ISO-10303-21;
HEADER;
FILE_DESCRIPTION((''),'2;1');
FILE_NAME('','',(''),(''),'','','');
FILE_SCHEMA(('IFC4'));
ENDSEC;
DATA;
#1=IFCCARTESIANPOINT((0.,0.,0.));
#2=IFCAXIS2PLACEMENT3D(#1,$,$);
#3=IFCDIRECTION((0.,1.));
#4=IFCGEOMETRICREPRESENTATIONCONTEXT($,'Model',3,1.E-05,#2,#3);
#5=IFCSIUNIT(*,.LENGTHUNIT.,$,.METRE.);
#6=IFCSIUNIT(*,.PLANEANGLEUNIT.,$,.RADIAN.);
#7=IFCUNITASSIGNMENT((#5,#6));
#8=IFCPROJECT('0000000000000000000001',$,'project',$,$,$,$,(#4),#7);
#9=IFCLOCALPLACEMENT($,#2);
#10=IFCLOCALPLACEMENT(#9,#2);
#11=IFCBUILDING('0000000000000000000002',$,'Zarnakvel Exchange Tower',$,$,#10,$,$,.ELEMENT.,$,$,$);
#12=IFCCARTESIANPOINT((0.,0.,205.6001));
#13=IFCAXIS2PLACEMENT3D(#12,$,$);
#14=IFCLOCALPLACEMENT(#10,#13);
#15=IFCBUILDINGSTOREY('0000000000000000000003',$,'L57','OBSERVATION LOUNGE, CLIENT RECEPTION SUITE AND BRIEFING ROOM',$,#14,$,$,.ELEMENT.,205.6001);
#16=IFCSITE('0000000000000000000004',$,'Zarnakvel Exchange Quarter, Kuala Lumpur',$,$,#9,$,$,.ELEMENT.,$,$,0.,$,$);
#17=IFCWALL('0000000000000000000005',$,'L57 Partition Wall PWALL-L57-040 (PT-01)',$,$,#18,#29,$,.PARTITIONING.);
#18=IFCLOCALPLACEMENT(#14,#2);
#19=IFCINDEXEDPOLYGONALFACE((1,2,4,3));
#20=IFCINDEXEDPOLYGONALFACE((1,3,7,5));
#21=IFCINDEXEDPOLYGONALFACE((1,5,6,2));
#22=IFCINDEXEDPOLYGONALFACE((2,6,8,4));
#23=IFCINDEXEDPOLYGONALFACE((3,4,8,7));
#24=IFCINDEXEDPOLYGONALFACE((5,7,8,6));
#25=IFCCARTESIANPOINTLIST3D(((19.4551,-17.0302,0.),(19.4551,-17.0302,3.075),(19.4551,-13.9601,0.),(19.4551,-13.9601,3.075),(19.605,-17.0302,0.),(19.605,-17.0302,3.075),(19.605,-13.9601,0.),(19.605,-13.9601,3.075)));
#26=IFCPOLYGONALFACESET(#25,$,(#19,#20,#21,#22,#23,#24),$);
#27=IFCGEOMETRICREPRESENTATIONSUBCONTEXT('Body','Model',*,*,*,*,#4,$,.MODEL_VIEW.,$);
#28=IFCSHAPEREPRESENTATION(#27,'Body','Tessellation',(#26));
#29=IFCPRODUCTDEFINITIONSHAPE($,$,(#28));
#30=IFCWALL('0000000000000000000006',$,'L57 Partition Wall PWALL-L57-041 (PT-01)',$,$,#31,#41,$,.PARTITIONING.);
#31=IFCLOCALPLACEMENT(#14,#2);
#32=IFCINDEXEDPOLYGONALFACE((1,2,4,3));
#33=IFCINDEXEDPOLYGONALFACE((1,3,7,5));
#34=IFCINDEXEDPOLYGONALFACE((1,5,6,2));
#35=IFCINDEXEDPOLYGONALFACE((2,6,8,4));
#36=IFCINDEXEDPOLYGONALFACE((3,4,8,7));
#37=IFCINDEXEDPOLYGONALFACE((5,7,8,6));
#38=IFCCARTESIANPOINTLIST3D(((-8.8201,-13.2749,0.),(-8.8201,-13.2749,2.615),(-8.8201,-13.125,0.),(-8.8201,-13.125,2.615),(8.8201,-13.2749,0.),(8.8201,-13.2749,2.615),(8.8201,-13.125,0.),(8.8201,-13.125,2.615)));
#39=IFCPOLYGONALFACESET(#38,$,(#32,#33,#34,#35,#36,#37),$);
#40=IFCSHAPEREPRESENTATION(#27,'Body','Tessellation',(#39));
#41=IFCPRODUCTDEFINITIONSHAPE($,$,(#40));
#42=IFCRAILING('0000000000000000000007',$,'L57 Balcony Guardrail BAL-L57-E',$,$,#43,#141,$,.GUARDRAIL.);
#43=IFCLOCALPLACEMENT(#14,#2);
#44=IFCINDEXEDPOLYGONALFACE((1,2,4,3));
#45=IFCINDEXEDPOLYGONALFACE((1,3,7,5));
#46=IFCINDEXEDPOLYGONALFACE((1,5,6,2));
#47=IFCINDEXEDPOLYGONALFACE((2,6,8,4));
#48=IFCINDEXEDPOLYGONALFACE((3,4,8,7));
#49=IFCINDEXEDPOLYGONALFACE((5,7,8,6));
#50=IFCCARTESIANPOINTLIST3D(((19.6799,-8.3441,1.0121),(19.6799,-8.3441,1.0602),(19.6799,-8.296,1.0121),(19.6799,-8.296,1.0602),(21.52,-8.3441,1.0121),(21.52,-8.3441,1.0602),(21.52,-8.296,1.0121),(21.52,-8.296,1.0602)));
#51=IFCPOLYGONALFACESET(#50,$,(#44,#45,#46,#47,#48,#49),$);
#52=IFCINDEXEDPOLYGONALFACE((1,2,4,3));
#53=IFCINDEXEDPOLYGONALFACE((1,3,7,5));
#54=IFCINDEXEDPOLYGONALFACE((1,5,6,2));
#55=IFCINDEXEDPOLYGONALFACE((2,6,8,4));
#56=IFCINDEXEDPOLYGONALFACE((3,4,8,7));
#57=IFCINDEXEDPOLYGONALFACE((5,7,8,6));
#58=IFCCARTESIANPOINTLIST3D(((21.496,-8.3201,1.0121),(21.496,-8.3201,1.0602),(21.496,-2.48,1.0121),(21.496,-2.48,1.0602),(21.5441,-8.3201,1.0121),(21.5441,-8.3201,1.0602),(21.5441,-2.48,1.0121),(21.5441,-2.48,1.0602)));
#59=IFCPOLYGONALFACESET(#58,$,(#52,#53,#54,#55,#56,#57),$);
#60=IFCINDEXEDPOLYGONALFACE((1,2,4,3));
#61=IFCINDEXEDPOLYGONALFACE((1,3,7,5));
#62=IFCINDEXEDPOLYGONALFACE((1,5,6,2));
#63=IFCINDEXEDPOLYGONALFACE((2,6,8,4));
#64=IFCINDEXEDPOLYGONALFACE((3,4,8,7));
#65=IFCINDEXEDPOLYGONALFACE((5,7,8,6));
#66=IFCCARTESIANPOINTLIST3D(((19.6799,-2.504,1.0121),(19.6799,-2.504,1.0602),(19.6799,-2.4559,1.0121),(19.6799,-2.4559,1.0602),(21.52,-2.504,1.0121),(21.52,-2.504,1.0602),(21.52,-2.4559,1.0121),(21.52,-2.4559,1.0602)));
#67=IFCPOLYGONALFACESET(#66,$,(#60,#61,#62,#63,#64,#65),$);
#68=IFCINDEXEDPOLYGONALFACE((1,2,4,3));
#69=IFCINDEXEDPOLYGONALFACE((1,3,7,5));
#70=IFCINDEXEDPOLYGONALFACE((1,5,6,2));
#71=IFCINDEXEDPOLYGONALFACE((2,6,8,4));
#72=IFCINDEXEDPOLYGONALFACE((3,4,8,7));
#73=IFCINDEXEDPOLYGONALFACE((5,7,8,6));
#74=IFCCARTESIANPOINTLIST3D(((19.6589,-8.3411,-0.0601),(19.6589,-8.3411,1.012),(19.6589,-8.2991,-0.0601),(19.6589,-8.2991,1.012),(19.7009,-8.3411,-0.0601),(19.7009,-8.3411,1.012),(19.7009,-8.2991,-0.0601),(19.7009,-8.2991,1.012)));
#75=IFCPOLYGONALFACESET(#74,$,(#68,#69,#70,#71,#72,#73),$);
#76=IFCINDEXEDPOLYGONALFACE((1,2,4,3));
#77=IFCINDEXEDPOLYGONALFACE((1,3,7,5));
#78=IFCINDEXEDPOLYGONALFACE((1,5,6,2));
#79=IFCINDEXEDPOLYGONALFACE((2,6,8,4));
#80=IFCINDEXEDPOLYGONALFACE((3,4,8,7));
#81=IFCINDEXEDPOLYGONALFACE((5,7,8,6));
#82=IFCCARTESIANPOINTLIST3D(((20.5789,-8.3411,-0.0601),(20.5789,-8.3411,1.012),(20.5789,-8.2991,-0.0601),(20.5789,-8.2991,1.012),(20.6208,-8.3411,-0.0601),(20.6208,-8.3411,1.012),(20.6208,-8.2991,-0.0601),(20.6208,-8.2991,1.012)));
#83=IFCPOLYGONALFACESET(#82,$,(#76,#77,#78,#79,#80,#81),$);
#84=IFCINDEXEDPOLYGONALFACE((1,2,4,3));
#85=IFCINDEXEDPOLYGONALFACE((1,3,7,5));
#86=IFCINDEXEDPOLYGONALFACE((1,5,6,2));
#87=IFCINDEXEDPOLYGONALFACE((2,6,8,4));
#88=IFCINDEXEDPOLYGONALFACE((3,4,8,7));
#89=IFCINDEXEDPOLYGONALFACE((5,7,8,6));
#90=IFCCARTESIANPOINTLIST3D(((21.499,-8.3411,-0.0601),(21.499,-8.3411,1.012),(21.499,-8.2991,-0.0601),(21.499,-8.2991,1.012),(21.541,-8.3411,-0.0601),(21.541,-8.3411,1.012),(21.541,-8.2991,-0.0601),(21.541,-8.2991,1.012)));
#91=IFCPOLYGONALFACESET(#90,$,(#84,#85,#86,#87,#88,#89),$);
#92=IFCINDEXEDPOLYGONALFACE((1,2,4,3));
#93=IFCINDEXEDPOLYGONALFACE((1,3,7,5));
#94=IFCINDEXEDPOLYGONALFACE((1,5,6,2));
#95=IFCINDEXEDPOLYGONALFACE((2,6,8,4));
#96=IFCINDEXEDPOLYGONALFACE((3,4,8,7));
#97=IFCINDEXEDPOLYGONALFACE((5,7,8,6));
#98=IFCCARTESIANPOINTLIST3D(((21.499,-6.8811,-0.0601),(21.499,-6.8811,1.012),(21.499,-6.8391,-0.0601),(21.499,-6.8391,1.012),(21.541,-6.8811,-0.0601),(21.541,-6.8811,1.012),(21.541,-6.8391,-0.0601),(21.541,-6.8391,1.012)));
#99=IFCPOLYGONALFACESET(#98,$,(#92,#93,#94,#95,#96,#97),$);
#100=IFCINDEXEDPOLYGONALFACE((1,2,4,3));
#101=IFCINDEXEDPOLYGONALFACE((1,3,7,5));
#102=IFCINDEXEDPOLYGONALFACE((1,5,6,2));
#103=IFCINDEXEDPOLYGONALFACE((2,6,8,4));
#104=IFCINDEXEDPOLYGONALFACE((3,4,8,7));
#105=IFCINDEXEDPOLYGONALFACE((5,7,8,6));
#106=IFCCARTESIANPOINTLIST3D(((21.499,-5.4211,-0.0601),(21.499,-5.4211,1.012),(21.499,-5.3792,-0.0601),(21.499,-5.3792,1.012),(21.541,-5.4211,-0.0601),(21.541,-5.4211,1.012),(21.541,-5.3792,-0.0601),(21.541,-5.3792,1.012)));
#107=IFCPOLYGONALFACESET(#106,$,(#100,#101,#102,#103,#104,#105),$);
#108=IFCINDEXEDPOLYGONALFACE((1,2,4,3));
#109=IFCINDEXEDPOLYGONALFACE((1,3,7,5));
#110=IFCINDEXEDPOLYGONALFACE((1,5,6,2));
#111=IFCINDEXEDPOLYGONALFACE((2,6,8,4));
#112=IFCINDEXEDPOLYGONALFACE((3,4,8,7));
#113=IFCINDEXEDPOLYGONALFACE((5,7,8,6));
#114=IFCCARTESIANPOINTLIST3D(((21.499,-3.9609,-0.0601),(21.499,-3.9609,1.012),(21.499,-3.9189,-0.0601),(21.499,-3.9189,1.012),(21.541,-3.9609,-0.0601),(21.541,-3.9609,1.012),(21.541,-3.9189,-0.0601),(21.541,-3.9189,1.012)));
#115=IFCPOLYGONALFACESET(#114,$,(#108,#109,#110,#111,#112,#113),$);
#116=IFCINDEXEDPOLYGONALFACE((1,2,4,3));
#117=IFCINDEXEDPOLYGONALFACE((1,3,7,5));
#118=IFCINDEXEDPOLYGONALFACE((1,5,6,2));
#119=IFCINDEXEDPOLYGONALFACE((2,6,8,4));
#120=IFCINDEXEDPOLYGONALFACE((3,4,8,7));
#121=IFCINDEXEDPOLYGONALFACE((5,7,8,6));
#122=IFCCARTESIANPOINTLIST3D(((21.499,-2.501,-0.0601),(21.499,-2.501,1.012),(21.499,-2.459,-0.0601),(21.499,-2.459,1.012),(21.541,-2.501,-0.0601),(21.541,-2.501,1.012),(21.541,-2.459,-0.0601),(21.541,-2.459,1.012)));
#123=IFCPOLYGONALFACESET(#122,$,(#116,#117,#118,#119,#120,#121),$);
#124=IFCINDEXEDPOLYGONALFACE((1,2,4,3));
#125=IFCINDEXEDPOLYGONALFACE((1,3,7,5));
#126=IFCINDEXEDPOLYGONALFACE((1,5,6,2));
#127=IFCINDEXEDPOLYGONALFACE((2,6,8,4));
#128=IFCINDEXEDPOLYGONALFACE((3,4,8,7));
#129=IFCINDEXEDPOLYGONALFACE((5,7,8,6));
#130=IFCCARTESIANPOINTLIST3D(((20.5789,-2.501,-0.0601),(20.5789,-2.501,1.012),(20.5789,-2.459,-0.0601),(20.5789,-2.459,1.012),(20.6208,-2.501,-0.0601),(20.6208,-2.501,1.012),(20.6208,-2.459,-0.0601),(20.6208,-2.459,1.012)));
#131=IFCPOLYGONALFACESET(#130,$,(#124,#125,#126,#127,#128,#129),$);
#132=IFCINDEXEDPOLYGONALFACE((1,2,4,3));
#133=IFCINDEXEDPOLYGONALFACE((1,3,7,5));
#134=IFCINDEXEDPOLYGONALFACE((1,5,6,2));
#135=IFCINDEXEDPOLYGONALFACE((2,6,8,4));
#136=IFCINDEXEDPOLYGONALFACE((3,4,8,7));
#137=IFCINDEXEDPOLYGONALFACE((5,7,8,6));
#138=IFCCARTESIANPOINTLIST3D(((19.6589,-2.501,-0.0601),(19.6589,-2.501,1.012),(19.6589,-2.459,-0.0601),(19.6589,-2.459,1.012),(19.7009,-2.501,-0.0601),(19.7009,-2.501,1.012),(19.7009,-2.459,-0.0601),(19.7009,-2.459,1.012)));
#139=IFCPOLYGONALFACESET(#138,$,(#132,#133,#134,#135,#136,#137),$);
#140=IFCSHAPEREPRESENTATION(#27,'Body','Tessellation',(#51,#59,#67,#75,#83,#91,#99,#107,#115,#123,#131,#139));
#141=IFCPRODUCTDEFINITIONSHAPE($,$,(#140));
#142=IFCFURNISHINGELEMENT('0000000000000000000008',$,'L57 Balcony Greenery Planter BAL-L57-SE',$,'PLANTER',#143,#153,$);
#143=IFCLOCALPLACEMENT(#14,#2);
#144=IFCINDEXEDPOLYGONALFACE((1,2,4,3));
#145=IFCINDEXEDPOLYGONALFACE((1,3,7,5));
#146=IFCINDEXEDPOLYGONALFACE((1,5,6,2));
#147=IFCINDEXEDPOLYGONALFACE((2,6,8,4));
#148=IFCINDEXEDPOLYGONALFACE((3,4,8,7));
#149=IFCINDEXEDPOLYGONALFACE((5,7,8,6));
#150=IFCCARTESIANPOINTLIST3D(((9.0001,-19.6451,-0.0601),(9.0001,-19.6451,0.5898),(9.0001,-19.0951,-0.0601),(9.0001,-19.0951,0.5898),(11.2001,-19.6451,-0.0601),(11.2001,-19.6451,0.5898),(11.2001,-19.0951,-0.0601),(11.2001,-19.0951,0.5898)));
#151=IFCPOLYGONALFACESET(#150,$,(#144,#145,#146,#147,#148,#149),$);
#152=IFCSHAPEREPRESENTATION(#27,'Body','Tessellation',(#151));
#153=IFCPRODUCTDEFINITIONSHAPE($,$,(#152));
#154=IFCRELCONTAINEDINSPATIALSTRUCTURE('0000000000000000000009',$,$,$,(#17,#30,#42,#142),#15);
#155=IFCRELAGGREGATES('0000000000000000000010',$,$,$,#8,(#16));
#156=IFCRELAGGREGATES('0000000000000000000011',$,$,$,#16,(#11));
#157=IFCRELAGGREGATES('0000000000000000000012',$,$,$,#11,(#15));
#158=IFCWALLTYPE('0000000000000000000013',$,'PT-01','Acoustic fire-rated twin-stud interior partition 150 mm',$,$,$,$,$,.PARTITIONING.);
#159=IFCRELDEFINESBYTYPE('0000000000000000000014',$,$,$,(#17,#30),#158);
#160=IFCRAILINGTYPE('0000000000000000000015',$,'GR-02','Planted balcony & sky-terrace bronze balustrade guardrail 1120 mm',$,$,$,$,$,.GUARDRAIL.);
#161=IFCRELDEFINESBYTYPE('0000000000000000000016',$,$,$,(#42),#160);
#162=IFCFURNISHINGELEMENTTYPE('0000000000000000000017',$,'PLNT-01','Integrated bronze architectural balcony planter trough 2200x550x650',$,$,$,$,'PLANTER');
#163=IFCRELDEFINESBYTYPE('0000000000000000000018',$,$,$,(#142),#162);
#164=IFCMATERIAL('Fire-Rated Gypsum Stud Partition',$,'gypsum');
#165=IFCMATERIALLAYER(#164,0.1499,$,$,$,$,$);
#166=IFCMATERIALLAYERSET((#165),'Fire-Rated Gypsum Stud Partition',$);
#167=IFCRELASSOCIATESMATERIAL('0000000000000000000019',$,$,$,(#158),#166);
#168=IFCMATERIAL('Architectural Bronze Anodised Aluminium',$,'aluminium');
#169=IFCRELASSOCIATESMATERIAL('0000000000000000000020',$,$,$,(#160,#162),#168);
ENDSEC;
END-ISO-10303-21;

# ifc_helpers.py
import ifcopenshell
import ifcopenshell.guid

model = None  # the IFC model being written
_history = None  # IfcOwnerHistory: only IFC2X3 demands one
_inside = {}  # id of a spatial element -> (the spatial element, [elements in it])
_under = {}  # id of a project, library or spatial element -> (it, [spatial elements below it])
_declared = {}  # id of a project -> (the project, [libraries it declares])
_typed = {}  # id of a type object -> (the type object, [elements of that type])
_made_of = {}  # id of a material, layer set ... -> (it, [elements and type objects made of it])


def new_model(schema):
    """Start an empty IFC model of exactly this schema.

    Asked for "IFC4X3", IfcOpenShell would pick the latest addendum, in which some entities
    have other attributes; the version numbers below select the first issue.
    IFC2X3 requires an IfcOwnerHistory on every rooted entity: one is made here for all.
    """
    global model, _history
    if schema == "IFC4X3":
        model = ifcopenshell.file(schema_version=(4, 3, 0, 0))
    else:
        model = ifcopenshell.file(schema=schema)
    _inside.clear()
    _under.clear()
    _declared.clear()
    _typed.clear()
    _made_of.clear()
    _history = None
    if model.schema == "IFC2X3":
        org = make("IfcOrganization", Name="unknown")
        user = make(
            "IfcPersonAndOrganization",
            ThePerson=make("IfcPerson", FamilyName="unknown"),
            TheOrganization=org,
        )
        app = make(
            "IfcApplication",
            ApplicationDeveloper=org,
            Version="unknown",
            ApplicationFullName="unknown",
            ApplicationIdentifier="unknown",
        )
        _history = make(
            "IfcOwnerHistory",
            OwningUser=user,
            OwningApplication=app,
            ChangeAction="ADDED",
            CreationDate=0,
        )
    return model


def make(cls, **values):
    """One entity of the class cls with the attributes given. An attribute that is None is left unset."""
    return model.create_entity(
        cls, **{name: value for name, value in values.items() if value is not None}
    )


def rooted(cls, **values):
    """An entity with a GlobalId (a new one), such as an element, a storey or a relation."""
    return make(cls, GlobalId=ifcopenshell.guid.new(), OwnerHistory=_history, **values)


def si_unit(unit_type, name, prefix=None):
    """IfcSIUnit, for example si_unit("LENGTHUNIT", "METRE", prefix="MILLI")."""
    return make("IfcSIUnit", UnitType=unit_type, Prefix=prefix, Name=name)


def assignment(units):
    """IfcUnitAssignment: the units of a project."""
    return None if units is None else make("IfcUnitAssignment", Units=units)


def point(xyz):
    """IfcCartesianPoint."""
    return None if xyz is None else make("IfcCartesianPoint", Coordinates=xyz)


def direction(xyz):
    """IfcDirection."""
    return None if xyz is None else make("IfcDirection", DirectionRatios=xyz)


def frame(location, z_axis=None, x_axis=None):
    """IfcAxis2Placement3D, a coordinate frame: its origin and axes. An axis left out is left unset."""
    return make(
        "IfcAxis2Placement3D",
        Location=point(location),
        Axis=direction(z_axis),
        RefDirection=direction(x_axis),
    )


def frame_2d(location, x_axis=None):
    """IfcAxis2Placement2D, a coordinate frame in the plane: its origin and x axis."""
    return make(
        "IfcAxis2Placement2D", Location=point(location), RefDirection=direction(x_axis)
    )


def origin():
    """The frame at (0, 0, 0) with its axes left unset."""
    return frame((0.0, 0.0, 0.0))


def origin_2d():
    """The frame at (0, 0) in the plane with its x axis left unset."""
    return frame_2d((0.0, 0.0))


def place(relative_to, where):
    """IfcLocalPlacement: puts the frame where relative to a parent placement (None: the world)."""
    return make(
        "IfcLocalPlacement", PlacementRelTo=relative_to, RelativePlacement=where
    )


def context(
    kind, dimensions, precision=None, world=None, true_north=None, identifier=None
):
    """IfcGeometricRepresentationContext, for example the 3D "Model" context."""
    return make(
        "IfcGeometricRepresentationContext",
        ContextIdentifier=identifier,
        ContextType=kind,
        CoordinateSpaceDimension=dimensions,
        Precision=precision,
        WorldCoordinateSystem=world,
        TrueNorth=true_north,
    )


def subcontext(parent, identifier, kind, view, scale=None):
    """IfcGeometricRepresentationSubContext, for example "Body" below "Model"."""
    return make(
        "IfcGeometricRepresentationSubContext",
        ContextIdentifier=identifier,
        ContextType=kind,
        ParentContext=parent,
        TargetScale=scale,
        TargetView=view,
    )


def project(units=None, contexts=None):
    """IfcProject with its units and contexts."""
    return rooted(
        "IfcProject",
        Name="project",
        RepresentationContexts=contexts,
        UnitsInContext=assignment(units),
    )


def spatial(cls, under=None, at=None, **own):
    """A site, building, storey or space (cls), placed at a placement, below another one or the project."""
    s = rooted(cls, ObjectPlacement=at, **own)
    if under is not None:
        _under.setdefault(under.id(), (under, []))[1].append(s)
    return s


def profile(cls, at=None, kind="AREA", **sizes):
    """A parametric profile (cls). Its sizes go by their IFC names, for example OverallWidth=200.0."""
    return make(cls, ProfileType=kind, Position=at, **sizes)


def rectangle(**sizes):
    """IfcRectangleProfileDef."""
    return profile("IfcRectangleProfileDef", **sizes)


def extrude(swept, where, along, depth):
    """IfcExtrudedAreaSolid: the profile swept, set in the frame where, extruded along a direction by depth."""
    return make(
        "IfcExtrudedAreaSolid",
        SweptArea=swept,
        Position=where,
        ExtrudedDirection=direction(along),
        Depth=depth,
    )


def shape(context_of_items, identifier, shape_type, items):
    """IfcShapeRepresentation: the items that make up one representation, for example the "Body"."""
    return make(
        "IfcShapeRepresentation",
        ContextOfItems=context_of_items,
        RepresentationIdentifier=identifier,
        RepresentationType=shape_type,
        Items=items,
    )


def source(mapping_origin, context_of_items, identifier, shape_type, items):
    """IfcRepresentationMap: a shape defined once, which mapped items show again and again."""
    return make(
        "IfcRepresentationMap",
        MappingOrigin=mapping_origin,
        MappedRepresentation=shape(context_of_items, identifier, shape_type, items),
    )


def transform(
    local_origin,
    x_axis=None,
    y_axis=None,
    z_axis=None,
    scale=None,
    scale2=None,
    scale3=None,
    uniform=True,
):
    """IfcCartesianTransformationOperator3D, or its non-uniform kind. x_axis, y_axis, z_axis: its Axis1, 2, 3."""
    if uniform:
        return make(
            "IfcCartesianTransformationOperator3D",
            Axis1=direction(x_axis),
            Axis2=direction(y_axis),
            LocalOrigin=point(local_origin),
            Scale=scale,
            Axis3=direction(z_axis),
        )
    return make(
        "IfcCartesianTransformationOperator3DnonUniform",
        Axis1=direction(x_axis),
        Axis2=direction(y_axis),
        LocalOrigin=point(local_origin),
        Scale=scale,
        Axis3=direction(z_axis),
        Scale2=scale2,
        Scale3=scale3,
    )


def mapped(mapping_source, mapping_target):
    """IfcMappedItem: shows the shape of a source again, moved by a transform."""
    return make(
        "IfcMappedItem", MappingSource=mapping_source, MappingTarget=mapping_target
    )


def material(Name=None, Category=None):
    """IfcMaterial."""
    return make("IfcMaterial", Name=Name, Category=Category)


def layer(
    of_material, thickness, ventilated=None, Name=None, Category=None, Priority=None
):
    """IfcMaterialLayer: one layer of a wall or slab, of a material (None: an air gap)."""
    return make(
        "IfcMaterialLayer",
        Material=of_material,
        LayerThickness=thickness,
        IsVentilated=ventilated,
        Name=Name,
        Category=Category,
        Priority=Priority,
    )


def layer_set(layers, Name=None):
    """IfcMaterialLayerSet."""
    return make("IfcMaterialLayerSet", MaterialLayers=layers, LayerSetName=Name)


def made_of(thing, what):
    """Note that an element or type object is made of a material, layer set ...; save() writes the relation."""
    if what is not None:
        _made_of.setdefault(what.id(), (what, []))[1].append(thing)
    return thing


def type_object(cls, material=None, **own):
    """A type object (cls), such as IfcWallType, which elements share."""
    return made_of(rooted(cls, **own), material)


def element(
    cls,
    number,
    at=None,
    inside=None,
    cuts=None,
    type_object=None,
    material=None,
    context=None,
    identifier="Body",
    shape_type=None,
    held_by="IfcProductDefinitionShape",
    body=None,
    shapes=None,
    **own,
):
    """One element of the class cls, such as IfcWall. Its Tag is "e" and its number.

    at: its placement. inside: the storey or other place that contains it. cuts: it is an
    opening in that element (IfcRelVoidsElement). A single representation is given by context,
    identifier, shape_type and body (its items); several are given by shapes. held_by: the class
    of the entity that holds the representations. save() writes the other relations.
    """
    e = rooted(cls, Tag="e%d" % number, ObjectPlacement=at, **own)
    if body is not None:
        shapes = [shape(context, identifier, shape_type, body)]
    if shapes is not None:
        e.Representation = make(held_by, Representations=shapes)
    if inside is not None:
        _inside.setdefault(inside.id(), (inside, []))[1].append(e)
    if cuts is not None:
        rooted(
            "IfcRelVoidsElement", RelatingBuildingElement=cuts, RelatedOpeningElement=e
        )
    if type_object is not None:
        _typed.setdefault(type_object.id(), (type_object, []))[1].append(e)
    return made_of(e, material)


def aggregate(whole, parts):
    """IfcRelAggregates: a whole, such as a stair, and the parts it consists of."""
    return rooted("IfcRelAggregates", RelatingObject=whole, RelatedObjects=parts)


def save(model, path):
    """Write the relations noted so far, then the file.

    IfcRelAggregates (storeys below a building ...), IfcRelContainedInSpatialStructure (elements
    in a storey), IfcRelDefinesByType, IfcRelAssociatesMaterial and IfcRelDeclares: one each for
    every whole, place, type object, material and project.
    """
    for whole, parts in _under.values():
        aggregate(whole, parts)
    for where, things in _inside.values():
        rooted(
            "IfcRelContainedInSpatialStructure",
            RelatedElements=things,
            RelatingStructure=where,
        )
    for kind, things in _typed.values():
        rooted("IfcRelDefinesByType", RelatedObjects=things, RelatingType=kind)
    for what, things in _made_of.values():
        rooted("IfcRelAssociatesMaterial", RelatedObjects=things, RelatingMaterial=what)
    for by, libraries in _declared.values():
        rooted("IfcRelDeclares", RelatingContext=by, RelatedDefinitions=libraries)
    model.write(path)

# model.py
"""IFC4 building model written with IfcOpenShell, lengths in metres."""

from ifc_helpers import new_model, si_unit, direction, frame, frame_2d, origin, origin_2d, place, context, subcontext, project, spatial, rectangle, extrude, source, transform, mapped, material, layer, layer_set, type_object, element, save


model = new_model("IFC4")

# Units and contexts
model_context = context("Model", 3, precision=1e-05, world=origin(), true_north=direction((0.0, 1.0)))
body_context = subcontext(model_context, "Body", "Model", "MODEL_VIEW")
ifc_project = project(units=[si_unit("LENGTHUNIT", "METRE"), si_unit("PLANEANGLEUNIT", "RADIAN")], contexts=[model_context])

# Site, building, storey
site_placement = place(None, origin())
site = spatial("IfcSite", under=ifc_project, at=site_placement, Name="Zarnakvel Exchange Quarter, Kuala Lumpur", CompositionType="ELEMENT", RefElevation=0.0)
building_placement = place(site_placement, origin())
building = spatial("IfcBuilding", under=site, at=building_placement, Name="Zarnakvel Exchange Tower", CompositionType="ELEMENT")
storey_placement = place(building_placement, frame((0.0, 0.0, 205.6001)))
storey = spatial("IfcBuildingStorey", under=building, at=storey_placement, Name="L57", Description="OBSERVATION LOUNGE, CLIENT RECEPTION SUITE AND BRIEFING ROOM", CompositionType="ELEMENT", Elevation=205.6001)

# Shared definitions
ifc_material_1 = material(Name="Architectural Bronze Anodised Aluminium", Category="aluminium")

# Shared definitions
ifc_material_2 = material(Name="Fire-Rated Gypsum Stud Partition", Category="gypsum")
ifc_layer_1 = layer(ifc_material_2, 0.1499)
ifc_layer_set_1 = layer_set([ifc_layer_1], Name="Fire-Rated Gypsum Stud Partition")
wall_type_1 = type_object("IfcWallType", Name="PT-01", Description="Acoustic fire-rated twin-stud interior partition 150 mm", PredefinedType="PARTITIONING", material=ifc_layer_set_1)

# Walls
wall_1_placement = place(storey_placement, frame((19.53, -13.96, 0.0), z_axis=(0.0, 0.0, 1.0), x_axis=(0.0, -1.0, 0.0)))
element("IfcWall", 1, at=wall_1_placement, inside=storey, type_object=wall_type_1, Name="L57 Partition Wall PWALL-L57-040 (PT-01)", PredefinedType="PARTITIONING", context=body_context, shape_type="SweptSolid", body=[
    extrude(rectangle(XDim=3.0701, YDim=0.1499, at=frame_2d((1.5352, 0.0))), origin(), (0.0, 0.0, 1.0), 3.075),
])
wall_2_placement = place(storey_placement, frame((8.8201, -13.2, 0.0), z_axis=(0.0, 0.0, 1.0), x_axis=(-1.0, 0.0, 0.0)))
element("IfcWall", 2, at=wall_2_placement, inside=storey, type_object=wall_type_1, Name="L57 Partition Wall PWALL-L57-041 (PT-01)", PredefinedType="PARTITIONING", context=body_context, shape_type="SweptSolid", body=[
    extrude(rectangle(XDim=17.6401, YDim=0.1499, at=frame_2d((8.8201, 0.0))), origin(), (0.0, 0.0, 1.0), 2.615),
])

# Railing
railing_type = type_object("IfcRailingType", Name="GR-02", Description="Planted balcony & sky-terrace bronze balustrade guardrail 1120 mm", PredefinedType="GUARDRAIL", material=ifc_material_1)
railing_placement = place(storey_placement, frame((19.6799, -8.3201, -0.0601)))
element("IfcRailing", 3, at=railing_placement, inside=storey, type_object=railing_type, Name="L57 Balcony Guardrail BAL-L57-E", PredefinedType="GUARDRAIL", context=body_context, shape_type="SweptSolid", body=[
    extrude(rectangle(XDim=0.0481, YDim=0.0481, at=origin_2d()), frame((0.0, 0.0, 1.0962), z_axis=(1.0, 0.0, 0.0), x_axis=(0.0, 1.0, 0.0)), (0.0, 0.0, 1.0), 1.8401),
    extrude(rectangle(XDim=0.0481, YDim=0.0481, at=origin_2d()), frame((1.8401, 0.0, 1.0962), z_axis=(0.0, 1.0, 0.0), x_axis=(-1.0, 0.0, 0.0)), (0.0, 0.0, 1.0), 5.8401),
    extrude(rectangle(XDim=0.0481, YDim=0.0481, at=origin_2d()), frame((1.8401, 5.8401, 1.0962), z_axis=(-1.0, 0.0, 0.0), x_axis=(0.0, -1.0, 0.0)), (0.0, 0.0, 1.0), 1.8401),
    extrude(rectangle(XDim=0.042, YDim=0.042, at=origin_2d()), origin(), (0.0, 0.0, 1.0), 1.072),
    extrude(rectangle(XDim=0.042, YDim=0.042, at=origin_2d()), frame((0.9199, 0.0, 0.0)), (0.0, 0.0, 1.0), 1.072),
    extrude(rectangle(XDim=0.042, YDim=0.042, at=origin_2d()), frame((1.8401, 0.0, 0.0)), (0.0, 0.0, 1.0), 1.072),
    extrude(rectangle(XDim=0.042, YDim=0.042, at=origin_2d()), frame((1.8401, 1.46, 0.0)), (0.0, 0.0, 1.0), 1.072),
    extrude(rectangle(XDim=0.042, YDim=0.042, at=origin_2d()), frame((1.8401, 2.9199, 0.0)), (0.0, 0.0, 1.0), 1.072),
    extrude(rectangle(XDim=0.042, YDim=0.042, at=origin_2d()), frame((1.8401, 4.3801, 0.0)), (0.0, 0.0, 1.0), 1.072),
    extrude(rectangle(XDim=0.042, YDim=0.042, at=origin_2d()), frame((1.8401, 5.8401, 0.0)), (0.0, 0.0, 1.0), 1.072),
    extrude(rectangle(XDim=0.042, YDim=0.042, at=origin_2d()), frame((0.9199, 5.8401, 0.0)), (0.0, 0.0, 1.0), 1.072),
    extrude(rectangle(XDim=0.042, YDim=0.042, at=origin_2d()), frame((0.0, 5.8401, 0.0)), (0.0, 0.0, 1.0), 1.072),
])

# Furnishing element
furnishing_element_type = type_object("IfcFurnishingElementType", Name="PLNT-01", Description="Integrated bronze architectural balcony planter trough 2200x550x650", ElementType="PLANTER", material=ifc_material_1)
shared_shape_1 = source(origin(), body_context, "Body", "SweptSolid", [
    extrude(rectangle(XDim=2.2, YDim=0.55, at=origin_2d()), origin(), (0.0, 0.0, 1.0), 0.6499),
])
furnishing_placement = place(storey_placement, frame((10.1001, -19.3701, -0.0601), z_axis=(0.0, 0.0, 1.0), x_axis=(1.0, 0.0, 0.0)))
element("IfcFurnishingElement", 4, at=furnishing_placement, inside=storey, type_object=furnishing_element_type, Name="L57 Balcony Greenery Planter BAL-L57-SE", ObjectType="PLANTER", context=body_context, shape_type="MappedRepresentation", body=[
    mapped(shared_shape_1, transform((0.0, 0.0, 0.0), x_axis=(1.0, 0.0, 0.0), y_axis=(0.0, 1.0, 0.0), z_axis=(0.0, 0.0, 1.0), scale=1.0)),
])

save(model, "model.ifc")
